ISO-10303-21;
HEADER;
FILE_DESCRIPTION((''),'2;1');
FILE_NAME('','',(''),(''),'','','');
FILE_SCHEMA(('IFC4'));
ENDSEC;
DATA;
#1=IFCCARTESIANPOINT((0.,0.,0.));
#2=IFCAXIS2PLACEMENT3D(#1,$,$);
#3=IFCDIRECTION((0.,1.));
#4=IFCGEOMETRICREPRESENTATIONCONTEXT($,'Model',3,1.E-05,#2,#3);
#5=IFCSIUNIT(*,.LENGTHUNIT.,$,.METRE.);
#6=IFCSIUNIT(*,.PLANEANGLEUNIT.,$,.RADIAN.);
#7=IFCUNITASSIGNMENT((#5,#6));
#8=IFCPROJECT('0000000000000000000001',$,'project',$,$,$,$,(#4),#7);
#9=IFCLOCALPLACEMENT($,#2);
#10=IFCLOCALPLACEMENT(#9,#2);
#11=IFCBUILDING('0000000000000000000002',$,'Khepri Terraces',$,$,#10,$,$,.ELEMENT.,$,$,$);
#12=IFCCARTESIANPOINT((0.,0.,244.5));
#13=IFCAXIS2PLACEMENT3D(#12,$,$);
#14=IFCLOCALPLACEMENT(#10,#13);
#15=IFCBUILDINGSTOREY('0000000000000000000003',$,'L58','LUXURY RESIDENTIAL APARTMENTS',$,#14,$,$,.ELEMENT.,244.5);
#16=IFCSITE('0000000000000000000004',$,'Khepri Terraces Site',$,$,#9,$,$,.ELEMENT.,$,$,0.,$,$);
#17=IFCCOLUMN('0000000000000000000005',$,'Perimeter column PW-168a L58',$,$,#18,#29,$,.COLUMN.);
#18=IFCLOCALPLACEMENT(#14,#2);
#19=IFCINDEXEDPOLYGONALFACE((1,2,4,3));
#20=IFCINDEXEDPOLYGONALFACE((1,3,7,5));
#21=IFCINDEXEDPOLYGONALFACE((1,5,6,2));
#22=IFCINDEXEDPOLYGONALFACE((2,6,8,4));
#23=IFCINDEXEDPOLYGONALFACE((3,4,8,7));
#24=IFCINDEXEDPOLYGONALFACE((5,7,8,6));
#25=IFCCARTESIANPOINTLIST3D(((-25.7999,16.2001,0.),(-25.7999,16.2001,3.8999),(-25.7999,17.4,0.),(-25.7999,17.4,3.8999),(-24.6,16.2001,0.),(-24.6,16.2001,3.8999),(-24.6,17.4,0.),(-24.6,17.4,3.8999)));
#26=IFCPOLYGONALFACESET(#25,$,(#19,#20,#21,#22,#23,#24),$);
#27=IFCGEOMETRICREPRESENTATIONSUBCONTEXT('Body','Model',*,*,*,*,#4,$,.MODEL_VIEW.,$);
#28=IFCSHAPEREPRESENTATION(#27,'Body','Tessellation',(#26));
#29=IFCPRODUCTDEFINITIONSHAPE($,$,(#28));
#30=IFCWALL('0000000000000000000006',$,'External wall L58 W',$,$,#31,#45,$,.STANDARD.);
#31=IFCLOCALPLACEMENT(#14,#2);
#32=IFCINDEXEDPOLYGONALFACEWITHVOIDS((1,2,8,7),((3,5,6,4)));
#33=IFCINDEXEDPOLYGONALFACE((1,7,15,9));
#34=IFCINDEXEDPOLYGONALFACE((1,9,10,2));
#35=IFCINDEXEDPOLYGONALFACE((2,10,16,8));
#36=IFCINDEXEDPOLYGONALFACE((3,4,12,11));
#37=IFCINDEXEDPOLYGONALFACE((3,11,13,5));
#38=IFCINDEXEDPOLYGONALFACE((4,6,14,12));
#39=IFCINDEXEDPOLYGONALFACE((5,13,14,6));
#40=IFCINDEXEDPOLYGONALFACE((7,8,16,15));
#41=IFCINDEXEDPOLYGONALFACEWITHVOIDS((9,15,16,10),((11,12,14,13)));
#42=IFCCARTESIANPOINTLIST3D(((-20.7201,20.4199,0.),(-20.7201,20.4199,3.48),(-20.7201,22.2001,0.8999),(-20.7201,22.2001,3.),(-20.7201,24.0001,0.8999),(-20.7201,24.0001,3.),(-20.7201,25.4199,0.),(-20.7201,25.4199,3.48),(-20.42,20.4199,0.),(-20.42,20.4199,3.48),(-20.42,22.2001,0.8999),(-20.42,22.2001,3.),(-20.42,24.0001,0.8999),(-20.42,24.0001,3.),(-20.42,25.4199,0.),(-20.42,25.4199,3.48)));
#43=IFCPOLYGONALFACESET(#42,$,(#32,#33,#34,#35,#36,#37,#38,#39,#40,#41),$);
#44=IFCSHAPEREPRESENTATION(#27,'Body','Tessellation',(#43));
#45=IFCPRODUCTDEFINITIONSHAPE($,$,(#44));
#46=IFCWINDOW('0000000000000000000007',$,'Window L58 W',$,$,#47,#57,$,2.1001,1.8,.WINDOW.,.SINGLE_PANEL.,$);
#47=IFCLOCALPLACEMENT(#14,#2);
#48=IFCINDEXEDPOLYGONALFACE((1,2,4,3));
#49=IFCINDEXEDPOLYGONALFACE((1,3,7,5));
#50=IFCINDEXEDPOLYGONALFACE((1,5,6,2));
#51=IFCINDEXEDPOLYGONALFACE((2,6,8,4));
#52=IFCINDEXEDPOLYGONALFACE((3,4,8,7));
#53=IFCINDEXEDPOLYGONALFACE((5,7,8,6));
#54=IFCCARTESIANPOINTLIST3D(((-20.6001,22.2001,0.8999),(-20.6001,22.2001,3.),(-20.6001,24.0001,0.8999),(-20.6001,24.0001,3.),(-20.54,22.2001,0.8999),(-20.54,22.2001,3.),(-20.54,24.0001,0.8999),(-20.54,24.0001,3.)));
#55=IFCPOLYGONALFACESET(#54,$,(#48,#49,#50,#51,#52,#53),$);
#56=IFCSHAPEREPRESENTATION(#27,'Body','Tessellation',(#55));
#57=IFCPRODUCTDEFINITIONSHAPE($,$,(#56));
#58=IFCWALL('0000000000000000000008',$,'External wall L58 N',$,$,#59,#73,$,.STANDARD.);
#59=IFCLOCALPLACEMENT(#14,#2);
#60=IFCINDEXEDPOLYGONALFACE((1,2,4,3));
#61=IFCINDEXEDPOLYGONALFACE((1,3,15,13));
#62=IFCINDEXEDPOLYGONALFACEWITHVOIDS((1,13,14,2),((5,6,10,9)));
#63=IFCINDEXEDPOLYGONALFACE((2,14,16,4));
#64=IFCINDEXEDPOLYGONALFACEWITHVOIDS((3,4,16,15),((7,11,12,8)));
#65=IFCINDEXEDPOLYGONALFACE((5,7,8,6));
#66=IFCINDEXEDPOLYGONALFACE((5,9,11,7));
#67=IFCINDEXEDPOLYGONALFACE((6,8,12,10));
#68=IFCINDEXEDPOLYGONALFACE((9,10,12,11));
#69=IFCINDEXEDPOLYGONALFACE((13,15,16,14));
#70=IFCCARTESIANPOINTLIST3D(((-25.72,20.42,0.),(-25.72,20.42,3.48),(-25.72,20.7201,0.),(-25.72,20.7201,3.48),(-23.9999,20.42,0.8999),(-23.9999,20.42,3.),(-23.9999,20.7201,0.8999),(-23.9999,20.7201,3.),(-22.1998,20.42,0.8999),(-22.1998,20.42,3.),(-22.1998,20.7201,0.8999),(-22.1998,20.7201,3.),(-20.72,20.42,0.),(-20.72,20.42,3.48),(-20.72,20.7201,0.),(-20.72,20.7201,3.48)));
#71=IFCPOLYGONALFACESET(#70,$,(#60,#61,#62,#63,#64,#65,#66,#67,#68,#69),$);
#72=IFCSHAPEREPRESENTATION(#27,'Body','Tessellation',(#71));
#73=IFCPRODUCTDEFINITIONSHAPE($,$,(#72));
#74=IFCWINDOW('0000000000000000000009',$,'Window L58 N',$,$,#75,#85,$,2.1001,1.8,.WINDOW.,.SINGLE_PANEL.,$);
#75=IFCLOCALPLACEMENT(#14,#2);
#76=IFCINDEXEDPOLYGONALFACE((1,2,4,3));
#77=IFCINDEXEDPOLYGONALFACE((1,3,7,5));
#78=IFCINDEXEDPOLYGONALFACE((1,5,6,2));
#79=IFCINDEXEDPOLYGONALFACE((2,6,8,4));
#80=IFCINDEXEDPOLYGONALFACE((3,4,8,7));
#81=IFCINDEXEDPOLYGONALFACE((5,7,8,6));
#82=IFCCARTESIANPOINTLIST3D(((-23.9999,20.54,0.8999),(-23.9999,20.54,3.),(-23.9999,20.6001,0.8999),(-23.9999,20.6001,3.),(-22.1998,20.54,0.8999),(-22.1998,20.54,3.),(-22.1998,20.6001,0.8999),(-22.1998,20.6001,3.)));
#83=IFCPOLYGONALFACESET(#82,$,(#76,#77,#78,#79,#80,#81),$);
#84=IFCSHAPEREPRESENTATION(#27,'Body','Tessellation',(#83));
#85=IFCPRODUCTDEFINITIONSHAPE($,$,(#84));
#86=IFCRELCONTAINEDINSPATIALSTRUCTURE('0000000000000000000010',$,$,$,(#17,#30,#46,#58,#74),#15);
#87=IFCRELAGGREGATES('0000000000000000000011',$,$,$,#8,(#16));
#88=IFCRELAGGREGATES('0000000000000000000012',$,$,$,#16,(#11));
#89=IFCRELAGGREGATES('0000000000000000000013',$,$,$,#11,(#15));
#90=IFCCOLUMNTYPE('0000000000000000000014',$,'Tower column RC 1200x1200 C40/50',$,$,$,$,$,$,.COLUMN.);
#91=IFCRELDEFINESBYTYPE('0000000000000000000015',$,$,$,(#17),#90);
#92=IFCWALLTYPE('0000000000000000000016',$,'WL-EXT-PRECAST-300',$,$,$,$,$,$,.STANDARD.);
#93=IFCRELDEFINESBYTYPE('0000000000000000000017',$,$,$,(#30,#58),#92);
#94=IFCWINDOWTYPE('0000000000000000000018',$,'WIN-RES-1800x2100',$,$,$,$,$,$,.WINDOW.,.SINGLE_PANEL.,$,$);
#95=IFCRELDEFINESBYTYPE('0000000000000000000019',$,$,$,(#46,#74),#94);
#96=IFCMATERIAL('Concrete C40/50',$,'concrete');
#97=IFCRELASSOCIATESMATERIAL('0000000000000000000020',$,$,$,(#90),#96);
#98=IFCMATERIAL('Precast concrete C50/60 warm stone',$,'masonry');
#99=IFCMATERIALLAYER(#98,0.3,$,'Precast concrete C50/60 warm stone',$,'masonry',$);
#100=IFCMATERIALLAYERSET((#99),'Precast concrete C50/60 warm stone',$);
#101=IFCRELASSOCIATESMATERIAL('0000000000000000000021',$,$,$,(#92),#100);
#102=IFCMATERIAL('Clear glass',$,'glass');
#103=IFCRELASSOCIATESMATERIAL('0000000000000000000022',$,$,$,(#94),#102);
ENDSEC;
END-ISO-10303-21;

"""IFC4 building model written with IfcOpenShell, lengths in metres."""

from ifc_helpers import new_model, si_unit, direction, frame, frame_2d, origin, origin_2d, place, context, subcontext, project, spatial, rectangle, extrude, material, layer, layer_set, material_profile, profile_set, type_object, element, fill, save


model = new_model("IFC4")

# Units and contexts
model_context = context("Model", 3, precision=1e-05, world=origin(), true_north=direction((0.0, 1.0)))
body_context = subcontext(model_context, "Body", "Model", "MODEL_VIEW")
ifc_project = project(units=[si_unit("LENGTHUNIT", "METRE"), si_unit("PLANEANGLEUNIT", "RADIAN")], contexts=[model_context])

# Site, building, storey
site_placement = place(None, origin())
site = spatial("IfcSite", under=ifc_project, at=site_placement, Name="Khepri Terraces Site", CompositionType="ELEMENT", RefElevation=0.0)
building_placement = place(site_placement, origin())
building = spatial("IfcBuilding", under=site, at=building_placement, Name="Khepri Terraces", CompositionType="ELEMENT")
storey_placement = place(building_placement, frame((0.0, 0.0, 244.5)))
storey = spatial("IfcBuildingStorey", under=building, at=storey_placement, Name="L58", Description="LUXURY RESIDENTIAL APARTMENTS", CompositionType="ELEMENT", Elevation=244.5)

# Column
ifc_material_1 = material(Name="Concrete C40/50", Category="concrete")
ifc_material_profile = material_profile(ifc_material_1, rectangle(XDim=1.2, YDim=1.2, at=origin_2d()), Name="Concrete C40/50", Category="concrete")
ifc_profile_set = profile_set([ifc_material_profile], Name="Concrete C40/50")
column_type = type_object("IfcColumnType", Name="Tower column RC 1200x1200 C40/50", PredefinedType="COLUMN", material=ifc_profile_set)
column_placement = place(storey_placement, frame((-25.2, 16.8, 0.0), z_axis=(0.0, 0.0, 1.0), x_axis=(1.0, 0.0, 0.0)))
element("IfcColumn", 1, at=column_placement, inside=storey, type_object=column_type, Name="Perimeter column PW-168a L58", PredefinedType="COLUMN", context=body_context, shape_type="SweptSolid", body=[
    extrude(rectangle(XDim=1.2, YDim=1.2, at=origin_2d()), origin(), (0.0, 0.0, 1.0), 3.8999),
])

# Walls, openings, windows
ifc_material_2 = material(Name="Precast concrete C50/60 warm stone", Category="masonry")
ifc_layer = layer(ifc_material_2, 0.3, Name="Precast concrete C50/60 warm stone", Category="masonry")
ifc_layer_set = layer_set([ifc_layer], Name="Precast concrete C50/60 warm stone")
wall_type = type_object("IfcWallType", Name="WL-EXT-PRECAST-300", PredefinedType="STANDARD", material=ifc_layer_set)
wall_1_placement = place(storey_placement, frame((-20.5701, 25.4199, 0.0), z_axis=(0.0, 0.0, 1.0), x_axis=(0.0, -1.0, 0.0)))
wall_1 = element("IfcWall", 2, at=wall_1_placement, inside=storey, type_object=wall_type, Name="External wall L58 W", PredefinedType="STANDARD", context=body_context, shape_type="SweptSolid", body=[
    extrude(rectangle(XDim=5.0, YDim=0.3, at=frame_2d((2.5, 0.0))), origin(), (0.0, 0.0, 1.0), 3.48),
])
opening_1_placement = place(wall_1_placement, frame((1.4199, 0.0, 0.8999)))
opening_1 = element("IfcOpeningElement", 3, at=opening_1_placement, cuts=wall_1, PredefinedType="OPENING", context=body_context, shape_type="SweptSolid", body=[
    extrude(rectangle(XDim=1.8, YDim=2.1001, at=frame_2d((0.8999, 1.05))), frame((0.0, 0.1602, 0.0), z_axis=(0.0, -1.0, 0.0), x_axis=(1.0, 0.0, 0.0)), (0.0, 0.0, 1.0), 0.3201),
])
ifc_material_3 = material(Name="Clear glass", Category="glass")
window_type = type_object("IfcWindowType", Name="WIN-RES-1800x2100", PartitioningType="SINGLE_PANEL", PredefinedType="WINDOW", material=ifc_material_3)
window_1_placement = place(opening_1_placement, origin())
window_1 = element("IfcWindow", 4, at=window_1_placement, inside=storey, type_object=window_type, Name="Window L58 W", OverallHeight=2.1001, OverallWidth=1.8, PartitioningType="SINGLE_PANEL", PredefinedType="WINDOW", context=body_context, shape_type="SweptSolid", body=[
    extrude(rectangle(XDim=1.8, YDim=2.1001, at=frame_2d((0.8999, 1.05))), frame((0.0, 0.03, 0.0), z_axis=(0.0, -1.0, 0.0), x_axis=(1.0, 0.0, 0.0)), (0.0, 0.0, 1.0), 0.0601),
])
fill(opening_1, window_1)
wall_2_placement = place(storey_placement, frame((-20.72, 20.5701, 0.0), z_axis=(0.0, 0.0, 1.0), x_axis=(-1.0, 0.0, 0.0)))
wall_2 = element("IfcWall", 5, at=wall_2_placement, inside=storey, type_object=wall_type, Name="External wall L58 N", PredefinedType="STANDARD", context=body_context, shape_type="SweptSolid", body=[
    extrude(rectangle(XDim=5.0, YDim=0.3, at=frame_2d((2.5, 0.0))), origin(), (0.0, 0.0, 1.0), 3.48),
])
opening_2_placement = place(wall_2_placement, frame((1.48, 0.0, 0.8999)))
opening_2 = element("IfcOpeningElement", 6, at=opening_2_placement, cuts=wall_2, PredefinedType="OPENING", context=body_context, shape_type="SweptSolid", body=[
    extrude(rectangle(XDim=1.8, YDim=2.1001, at=frame_2d((0.8999, 1.05))), frame((0.0, 0.1602, 0.0), z_axis=(0.0, -1.0, 0.0), x_axis=(1.0, 0.0, 0.0)), (0.0, 0.0, 1.0), 0.3201),
])
window_2_placement = place(opening_2_placement, origin())
window_2 = element("IfcWindow", 7, at=window_2_placement, inside=storey, type_object=window_type, Name="Window L58 N", OverallHeight=2.1001, OverallWidth=1.8, PartitioningType="SINGLE_PANEL", PredefinedType="WINDOW", context=body_context, shape_type="SweptSolid", body=[
    extrude(rectangle(XDim=1.8, YDim=2.1001, at=frame_2d((0.8999, 1.05))), frame((0.0, 0.03, 0.0), z_axis=(0.0, -1.0, 0.0), x_axis=(1.0, 0.0, 0.0)), (0.0, 0.0, 1.0), 0.0601),
])
fill(opening_2, window_2)

save(model, "model.ifc")
